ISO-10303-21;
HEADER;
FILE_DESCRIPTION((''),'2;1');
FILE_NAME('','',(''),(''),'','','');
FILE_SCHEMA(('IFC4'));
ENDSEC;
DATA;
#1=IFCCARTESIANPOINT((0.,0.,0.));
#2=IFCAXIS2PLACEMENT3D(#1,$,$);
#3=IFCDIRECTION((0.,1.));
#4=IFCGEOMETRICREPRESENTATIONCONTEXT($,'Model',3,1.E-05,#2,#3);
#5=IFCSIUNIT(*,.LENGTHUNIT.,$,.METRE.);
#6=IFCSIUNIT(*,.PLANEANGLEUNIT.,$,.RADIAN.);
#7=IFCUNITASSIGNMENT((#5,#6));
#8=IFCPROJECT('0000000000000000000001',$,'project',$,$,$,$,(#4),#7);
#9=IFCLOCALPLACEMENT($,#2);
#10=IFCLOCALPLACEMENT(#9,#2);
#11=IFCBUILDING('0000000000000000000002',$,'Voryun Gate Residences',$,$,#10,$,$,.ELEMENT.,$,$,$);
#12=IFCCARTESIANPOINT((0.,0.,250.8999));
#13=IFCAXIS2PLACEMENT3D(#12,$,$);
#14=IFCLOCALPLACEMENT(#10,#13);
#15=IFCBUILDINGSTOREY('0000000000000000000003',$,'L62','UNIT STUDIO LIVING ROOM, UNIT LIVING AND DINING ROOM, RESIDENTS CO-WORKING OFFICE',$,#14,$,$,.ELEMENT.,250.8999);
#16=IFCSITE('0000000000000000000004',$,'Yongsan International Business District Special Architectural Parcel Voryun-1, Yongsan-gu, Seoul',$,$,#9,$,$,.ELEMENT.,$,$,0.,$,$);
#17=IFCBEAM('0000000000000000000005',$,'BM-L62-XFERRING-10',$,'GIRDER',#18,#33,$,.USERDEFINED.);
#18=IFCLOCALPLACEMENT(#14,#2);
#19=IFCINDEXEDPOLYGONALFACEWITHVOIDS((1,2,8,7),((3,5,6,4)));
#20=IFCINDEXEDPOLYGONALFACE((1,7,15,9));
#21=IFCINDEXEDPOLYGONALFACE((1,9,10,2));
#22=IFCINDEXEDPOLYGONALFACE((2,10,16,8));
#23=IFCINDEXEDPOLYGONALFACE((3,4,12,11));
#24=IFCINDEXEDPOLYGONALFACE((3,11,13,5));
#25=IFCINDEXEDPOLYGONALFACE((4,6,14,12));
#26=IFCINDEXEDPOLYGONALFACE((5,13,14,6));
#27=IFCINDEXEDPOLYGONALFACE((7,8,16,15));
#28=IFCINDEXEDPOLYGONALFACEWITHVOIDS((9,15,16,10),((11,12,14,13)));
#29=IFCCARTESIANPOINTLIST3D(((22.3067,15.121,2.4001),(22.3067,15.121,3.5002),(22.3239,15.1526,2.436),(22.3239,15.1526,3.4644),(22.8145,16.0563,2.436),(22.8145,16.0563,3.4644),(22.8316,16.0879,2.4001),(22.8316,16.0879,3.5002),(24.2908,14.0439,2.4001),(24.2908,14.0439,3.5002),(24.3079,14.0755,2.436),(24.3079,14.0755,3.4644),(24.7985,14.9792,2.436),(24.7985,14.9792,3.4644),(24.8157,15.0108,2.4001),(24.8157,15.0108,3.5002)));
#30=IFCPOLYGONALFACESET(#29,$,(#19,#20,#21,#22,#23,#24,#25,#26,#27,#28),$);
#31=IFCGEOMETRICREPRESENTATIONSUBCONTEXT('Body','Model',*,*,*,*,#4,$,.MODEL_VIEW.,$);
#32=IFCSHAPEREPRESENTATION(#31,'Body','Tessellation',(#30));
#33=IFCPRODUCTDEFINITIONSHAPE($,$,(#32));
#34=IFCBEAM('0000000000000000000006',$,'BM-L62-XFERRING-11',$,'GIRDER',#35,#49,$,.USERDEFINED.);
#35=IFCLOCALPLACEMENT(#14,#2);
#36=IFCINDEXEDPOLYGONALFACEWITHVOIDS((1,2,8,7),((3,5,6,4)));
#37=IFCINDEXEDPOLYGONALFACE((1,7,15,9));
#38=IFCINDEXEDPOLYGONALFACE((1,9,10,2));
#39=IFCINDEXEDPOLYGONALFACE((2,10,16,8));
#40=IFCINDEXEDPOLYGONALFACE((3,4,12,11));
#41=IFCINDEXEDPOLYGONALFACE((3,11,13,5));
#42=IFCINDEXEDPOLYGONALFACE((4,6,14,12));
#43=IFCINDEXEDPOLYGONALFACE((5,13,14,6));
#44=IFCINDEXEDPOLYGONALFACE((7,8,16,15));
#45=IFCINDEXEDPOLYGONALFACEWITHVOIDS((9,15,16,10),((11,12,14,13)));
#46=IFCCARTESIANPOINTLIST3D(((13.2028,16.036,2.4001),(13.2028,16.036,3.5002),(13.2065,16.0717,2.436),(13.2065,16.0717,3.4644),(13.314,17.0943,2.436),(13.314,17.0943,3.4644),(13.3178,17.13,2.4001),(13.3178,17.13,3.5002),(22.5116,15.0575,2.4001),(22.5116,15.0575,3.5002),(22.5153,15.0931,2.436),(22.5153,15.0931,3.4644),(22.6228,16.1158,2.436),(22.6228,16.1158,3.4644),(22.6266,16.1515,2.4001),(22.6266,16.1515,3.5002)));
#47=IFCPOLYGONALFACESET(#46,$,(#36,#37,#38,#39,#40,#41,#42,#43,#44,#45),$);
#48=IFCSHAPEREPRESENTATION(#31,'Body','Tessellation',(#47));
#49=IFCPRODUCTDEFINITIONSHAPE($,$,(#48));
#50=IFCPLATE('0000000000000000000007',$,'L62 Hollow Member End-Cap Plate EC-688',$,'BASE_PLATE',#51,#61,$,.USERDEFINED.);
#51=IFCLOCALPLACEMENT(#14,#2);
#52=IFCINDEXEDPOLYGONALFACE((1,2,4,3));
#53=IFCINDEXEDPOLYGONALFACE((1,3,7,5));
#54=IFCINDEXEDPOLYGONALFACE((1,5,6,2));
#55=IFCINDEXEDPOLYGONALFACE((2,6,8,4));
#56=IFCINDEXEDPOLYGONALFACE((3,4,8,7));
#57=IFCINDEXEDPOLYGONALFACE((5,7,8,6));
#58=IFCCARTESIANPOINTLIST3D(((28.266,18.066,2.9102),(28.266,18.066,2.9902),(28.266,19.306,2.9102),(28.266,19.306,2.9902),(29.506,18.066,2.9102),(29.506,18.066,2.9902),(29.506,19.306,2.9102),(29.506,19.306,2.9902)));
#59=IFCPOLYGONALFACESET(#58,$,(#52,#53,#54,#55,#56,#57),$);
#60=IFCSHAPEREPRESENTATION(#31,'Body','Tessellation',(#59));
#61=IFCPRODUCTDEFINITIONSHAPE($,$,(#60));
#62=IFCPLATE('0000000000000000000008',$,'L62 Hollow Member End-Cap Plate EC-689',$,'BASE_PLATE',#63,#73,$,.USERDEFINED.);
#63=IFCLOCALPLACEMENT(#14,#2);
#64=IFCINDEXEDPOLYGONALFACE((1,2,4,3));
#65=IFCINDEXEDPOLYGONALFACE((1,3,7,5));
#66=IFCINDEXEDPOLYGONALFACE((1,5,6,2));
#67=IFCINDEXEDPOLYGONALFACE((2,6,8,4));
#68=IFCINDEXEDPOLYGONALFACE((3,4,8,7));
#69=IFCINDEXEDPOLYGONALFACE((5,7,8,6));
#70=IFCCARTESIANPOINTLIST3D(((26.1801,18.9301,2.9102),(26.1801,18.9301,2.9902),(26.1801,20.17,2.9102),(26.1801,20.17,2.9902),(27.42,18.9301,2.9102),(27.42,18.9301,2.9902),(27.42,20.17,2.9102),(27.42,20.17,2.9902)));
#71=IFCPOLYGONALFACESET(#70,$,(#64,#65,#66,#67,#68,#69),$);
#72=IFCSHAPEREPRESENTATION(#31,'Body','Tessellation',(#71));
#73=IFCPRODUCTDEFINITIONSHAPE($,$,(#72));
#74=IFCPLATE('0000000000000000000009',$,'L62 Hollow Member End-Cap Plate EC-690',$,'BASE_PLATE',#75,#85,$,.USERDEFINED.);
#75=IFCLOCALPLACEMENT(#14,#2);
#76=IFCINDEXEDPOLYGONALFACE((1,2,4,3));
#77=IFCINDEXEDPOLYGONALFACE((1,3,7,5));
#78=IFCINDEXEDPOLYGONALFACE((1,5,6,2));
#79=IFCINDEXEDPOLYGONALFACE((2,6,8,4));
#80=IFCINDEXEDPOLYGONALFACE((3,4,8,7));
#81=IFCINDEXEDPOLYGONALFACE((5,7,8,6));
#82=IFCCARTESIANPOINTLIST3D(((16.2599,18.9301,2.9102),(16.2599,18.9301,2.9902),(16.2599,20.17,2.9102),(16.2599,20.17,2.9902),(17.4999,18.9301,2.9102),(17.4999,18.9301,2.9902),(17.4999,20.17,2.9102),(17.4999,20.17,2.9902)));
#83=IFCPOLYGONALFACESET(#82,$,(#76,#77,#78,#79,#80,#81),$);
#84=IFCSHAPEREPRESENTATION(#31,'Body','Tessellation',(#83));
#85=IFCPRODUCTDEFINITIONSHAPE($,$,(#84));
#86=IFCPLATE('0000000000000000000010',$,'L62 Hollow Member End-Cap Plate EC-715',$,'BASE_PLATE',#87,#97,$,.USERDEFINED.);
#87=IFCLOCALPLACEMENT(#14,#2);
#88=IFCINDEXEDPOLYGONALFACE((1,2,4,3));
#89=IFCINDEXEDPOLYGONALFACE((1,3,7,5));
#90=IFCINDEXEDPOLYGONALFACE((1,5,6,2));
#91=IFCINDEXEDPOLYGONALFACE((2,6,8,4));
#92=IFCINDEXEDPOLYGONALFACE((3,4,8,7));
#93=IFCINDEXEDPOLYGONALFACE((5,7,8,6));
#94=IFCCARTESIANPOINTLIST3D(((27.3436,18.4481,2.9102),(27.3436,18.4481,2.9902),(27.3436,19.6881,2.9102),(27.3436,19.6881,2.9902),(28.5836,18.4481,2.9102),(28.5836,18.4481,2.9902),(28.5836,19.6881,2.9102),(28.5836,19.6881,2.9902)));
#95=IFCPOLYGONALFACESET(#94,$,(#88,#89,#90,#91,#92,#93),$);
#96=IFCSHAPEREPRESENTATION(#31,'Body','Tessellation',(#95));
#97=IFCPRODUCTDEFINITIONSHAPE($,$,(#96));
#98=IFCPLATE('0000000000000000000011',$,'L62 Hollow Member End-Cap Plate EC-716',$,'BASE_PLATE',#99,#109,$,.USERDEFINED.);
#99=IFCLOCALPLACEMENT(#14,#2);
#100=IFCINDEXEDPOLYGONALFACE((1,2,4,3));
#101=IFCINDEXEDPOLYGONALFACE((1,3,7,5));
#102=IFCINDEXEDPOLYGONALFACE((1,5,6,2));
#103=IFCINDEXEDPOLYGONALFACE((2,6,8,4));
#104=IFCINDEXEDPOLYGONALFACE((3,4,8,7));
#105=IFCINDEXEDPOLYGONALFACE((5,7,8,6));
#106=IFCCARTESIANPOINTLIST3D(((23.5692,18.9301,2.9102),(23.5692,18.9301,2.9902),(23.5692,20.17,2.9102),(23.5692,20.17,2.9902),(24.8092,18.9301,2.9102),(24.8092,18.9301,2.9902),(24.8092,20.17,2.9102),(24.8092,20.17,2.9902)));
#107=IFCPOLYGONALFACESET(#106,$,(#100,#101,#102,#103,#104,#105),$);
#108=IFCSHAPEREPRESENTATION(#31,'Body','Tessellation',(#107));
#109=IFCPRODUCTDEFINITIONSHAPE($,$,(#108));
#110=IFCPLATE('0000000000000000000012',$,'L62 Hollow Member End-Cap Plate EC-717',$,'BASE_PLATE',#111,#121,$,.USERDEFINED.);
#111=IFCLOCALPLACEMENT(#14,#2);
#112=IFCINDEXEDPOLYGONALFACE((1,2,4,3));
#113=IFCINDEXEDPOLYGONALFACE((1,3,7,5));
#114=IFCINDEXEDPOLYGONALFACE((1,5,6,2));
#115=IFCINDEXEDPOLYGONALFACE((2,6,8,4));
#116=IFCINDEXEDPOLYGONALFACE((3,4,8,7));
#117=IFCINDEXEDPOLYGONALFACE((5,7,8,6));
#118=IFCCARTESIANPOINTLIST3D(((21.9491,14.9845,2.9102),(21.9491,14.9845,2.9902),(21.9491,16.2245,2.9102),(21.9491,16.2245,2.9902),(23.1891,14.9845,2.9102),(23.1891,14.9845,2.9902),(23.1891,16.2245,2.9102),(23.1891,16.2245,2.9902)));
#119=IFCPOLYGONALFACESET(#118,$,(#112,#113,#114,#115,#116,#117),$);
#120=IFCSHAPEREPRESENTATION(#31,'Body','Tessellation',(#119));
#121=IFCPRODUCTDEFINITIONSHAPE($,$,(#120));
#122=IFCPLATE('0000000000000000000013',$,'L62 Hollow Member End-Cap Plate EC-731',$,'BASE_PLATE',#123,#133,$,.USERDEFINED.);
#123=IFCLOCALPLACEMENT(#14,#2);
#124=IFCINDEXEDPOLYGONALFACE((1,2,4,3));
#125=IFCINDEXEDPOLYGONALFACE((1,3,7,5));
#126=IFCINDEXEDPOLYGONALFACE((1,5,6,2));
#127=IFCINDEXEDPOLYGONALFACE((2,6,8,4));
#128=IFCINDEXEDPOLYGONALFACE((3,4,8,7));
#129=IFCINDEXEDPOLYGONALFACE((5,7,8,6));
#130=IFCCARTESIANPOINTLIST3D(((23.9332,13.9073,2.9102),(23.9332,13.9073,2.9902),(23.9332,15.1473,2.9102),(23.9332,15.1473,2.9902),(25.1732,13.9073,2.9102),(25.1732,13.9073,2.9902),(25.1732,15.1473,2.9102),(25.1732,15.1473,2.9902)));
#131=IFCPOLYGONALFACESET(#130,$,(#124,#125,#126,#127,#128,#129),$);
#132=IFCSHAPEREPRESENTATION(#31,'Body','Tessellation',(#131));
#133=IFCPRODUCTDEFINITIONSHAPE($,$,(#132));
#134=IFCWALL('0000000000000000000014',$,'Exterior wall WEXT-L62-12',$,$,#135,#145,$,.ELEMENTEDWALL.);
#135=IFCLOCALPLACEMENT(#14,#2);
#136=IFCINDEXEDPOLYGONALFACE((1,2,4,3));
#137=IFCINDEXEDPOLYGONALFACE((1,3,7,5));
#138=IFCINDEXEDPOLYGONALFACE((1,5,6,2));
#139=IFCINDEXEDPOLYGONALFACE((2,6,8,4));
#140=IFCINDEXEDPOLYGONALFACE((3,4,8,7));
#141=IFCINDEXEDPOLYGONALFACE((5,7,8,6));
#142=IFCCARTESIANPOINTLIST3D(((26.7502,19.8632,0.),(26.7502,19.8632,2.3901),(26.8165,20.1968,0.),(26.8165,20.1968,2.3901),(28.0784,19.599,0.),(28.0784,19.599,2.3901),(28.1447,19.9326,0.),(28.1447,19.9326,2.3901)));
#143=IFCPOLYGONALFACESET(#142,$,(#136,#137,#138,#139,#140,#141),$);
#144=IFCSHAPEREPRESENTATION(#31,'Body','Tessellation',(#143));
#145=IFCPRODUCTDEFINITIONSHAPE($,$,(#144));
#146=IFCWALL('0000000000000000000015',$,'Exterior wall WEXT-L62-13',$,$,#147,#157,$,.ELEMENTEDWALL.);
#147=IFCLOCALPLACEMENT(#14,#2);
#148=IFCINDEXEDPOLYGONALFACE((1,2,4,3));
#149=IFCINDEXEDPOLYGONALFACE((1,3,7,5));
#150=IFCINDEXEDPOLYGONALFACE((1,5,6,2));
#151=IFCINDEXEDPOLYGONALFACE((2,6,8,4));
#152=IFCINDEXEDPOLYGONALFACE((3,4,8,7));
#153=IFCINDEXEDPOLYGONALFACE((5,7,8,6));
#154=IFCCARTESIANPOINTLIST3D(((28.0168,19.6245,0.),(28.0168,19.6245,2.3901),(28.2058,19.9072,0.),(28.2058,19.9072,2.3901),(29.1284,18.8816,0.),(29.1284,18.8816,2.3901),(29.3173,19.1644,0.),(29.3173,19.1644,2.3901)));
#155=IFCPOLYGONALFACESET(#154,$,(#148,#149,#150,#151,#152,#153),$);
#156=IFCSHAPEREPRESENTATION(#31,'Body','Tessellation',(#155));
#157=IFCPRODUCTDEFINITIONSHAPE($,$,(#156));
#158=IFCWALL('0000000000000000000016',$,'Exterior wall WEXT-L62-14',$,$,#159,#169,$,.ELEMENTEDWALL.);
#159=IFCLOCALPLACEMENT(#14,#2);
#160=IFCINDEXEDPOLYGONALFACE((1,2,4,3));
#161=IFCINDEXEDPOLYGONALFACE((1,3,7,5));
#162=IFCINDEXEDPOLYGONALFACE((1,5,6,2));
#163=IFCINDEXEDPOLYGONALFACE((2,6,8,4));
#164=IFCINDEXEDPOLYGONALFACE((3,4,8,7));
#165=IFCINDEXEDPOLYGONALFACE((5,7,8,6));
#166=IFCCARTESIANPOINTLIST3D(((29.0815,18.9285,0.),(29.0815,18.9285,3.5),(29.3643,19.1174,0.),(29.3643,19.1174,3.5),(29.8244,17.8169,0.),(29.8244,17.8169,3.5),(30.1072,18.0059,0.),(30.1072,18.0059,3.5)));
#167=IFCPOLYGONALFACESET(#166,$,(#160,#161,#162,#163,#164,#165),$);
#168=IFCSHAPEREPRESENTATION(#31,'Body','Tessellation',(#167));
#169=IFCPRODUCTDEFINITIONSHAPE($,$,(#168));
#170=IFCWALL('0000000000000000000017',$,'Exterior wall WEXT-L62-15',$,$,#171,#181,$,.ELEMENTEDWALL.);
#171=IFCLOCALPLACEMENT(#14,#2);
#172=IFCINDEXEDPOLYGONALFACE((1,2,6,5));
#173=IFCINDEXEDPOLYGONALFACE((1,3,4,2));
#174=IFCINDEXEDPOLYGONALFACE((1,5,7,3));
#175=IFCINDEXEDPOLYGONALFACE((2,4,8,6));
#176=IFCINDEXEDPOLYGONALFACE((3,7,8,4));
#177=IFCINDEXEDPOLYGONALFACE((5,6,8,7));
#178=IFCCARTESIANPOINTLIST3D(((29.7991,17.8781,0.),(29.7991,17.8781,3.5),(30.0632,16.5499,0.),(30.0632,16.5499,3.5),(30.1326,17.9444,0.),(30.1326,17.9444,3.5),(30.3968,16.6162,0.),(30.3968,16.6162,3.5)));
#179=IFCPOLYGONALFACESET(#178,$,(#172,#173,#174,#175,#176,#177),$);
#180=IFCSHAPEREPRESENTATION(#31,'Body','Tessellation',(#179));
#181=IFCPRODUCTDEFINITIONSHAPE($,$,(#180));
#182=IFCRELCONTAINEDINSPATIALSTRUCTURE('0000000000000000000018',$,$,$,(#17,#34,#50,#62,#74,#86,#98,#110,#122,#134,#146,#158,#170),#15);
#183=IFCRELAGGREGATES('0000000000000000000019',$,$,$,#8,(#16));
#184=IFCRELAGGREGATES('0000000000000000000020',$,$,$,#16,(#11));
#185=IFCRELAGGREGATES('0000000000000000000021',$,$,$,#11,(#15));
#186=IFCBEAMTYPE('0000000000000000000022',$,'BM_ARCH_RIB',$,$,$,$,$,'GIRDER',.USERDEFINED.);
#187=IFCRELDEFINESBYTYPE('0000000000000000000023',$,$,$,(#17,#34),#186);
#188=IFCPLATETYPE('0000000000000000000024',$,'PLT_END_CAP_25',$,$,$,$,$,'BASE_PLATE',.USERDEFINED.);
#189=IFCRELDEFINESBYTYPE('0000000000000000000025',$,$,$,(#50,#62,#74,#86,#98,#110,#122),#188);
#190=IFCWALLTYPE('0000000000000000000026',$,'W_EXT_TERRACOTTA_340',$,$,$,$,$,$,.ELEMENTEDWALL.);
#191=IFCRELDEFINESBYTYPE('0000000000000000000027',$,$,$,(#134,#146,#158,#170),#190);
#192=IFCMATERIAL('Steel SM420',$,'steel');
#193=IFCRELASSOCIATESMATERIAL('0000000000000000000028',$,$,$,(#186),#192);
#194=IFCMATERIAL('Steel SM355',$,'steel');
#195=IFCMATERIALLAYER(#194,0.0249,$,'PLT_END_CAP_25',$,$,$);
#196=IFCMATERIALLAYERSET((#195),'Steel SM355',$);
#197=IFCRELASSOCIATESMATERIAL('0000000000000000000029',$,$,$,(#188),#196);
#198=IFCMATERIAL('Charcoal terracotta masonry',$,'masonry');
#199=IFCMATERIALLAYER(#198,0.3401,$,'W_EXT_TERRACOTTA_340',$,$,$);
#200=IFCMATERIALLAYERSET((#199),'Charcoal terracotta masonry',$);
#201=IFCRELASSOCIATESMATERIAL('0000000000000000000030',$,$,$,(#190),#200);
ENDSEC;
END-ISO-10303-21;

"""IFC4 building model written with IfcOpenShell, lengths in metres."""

from ifc_helpers import new_model, si_unit, direction, frame, frame_2d, origin, origin_2d, place, context, subcontext, project, spatial, rectangle, hollow_rectangle, extrude, material, layer, layer_set, material_profile, profile_set, type_object, element, save


model = new_model("IFC4")

# Units and contexts
model_context = context("Model", 3, precision=1e-05, world=origin(), true_north=direction((0.0, 1.0)))
body_context = subcontext(model_context, "Body", "Model", "MODEL_VIEW")
ifc_project = project(units=[si_unit("LENGTHUNIT", "METRE"), si_unit("PLANEANGLEUNIT", "RADIAN")], contexts=[model_context])

# Site, building, storey
site_placement = place(None, origin())
site = spatial("IfcSite", under=ifc_project, at=site_placement, Name="Yongsan International Business District Special Architectural Parcel Voryun-1, Yongsan-gu, Seoul", CompositionType="ELEMENT", RefElevation=0.0)
building_placement = place(site_placement, origin())
building = spatial("IfcBuilding", under=site, at=building_placement, Name="Voryun Gate Residences", CompositionType="ELEMENT")
storey_placement = place(building_placement, frame((0.0, 0.0, 250.8999)))
storey = spatial("IfcBuildingStorey", under=building, at=storey_placement, Name="L62", Description="UNIT STUDIO LIVING ROOM, UNIT LIVING AND DINING ROOM, RESIDENTS CO-WORKING OFFICE", CompositionType="ELEMENT", Elevation=250.8999)

# Beams
ifc_material_1 = material(Name="Steel SM420", Category="steel")
ifc_material_profile_1 = material_profile(ifc_material_1, hollow_rectangle(XDim=1.1001, YDim=1.1001, WallThickness=0.0359, at=origin_2d()), Name="BOX-1100x1100x36")
ifc_profile_set_1 = profile_set([ifc_material_profile_1], Name="Steel SM420")
beam_type = type_object("IfcBeamType", Name="BM_ARCH_RIB", ElementType="GIRDER", PredefinedType="USERDEFINED", material=ifc_profile_set_1)
beam_1_placement = place(storey_placement, frame((24.5532, 14.5273, 2.9502), z_axis=(-0.878844, 0.477109, 0.0), x_axis=(-0.477109, -0.878844, 0.0)))
element("IfcBeam", 1, at=beam_1_placement, inside=storey, type_object=beam_type, Name="BM-L62-XFERRING-10", ObjectType="GIRDER", PredefinedType="USERDEFINED", context=body_context, shape_type="SweptSolid", body=[
    extrude(hollow_rectangle(XDim=1.1001, YDim=1.1001, WallThickness=0.0359, at=origin_2d()), origin(), (0.0, 0.0, 1.0), 2.2576),
])
beam_2_placement = place(storey_placement, frame((22.5691, 15.6045, 2.9502), z_axis=(-0.994521, 0.104541, 0.0), x_axis=(-0.104541, -0.994521, 0.0)))
element("IfcBeam", 2, at=beam_2_placement, inside=storey, type_object=beam_type, Name="BM-L62-XFERRING-11", ObjectType="GIRDER", PredefinedType="USERDEFINED", context=body_context, shape_type="SweptSolid", body=[
    extrude(hollow_rectangle(XDim=1.1001, YDim=1.1001, WallThickness=0.0359, at=origin_2d()), origin(), (0.0, 0.0, 1.0), 9.3601),
])

# Plates
ifc_material_2 = material(Name="Steel SM355", Category="steel")
ifc_layer_1 = layer(ifc_material_2, 0.0249, Name="PLT_END_CAP_25")
ifc_layer_set_1 = layer_set([ifc_layer_1], Name="Steel SM355")
plate_type = type_object("IfcPlateType", Name="PLT_END_CAP_25", ElementType="BASE_PLATE", PredefinedType="USERDEFINED", material=ifc_layer_set_1)
for number, where, z_axis, x_axis, name in (
    (3, (28.886, 18.686, 2.9102), (0.0, 0.0, 1.0), (1.0, 0.0, 0.0), "L62 Hollow Member End-Cap Plate EC-688"),
    (4, (26.8, 19.55, 2.9102), (0.0, 0.0, 1.0), (1.0, 0.0, 0.0), "L62 Hollow Member End-Cap Plate EC-689"),
    (5, (16.8799, 19.55, 2.9102), (0.0, 0.0, 1.0), (1.0, 0.0, 0.0), "L62 Hollow Member End-Cap Plate EC-690"),
    (6, (27.9636, 19.0681, 2.9102), (0.0, 0.0, 1.0), (1.0, 0.0, 0.0), "L62 Hollow Member End-Cap Plate EC-715"),
    (7, (24.1892, 19.55, 2.9102), (0.0, 0.0, 1.0), (1.0, 0.0, 0.0), "L62 Hollow Member End-Cap Plate EC-716"),
    (8, (22.5691, 15.6045, 2.9102), (0.0, 0.0, 1.0), (1.0, 0.0, 0.0), "L62 Hollow Member End-Cap Plate EC-717"),
    (9, (24.5532, 14.5273, 2.9102), (0.0, 0.0, 1.0), (1.0, 0.0, 0.0), "L62 Hollow Member End-Cap Plate EC-731"),
):
    element("IfcPlate", number, at=place(storey_placement, frame(where, z_axis=z_axis, x_axis=x_axis)), inside=storey, type_object=plate_type, Name=name, ObjectType="BASE_PLATE", PredefinedType="USERDEFINED", context=body_context, shape_type="SweptSolid", body=[
        extrude(rectangle(XDim=1.24, YDim=1.24, at=origin_2d()), origin(), (0.0, 0.0, 1.0), 0.0801),
    ])

# Walls
ifc_material_3 = material(Name="Charcoal terracotta masonry", Category="masonry")
ifc_layer_2 = layer(ifc_material_3, 0.3401, Name="W_EXT_TERRACOTTA_340")
ifc_layer_set_2 = layer_set([ifc_layer_2], Name="Charcoal terracotta masonry")
wall_type_1 = type_object("IfcWallType", Name="W_EXT_TERRACOTTA_340", PredefinedType="ELEMENTEDWALL", material=ifc_layer_set_2)
wall_1_placement = place(storey_placement, frame((26.7832, 20.03, 0.0), z_axis=(0.0, 0.0, 1.0), x_axis=(0.980788, -0.195076, 0.0)))
element("IfcWall", 10, at=wall_1_placement, inside=storey, type_object=wall_type_1, Name="Exterior wall WEXT-L62-12", PredefinedType="ELEMENTEDWALL", context=body_context, shape_type="SweptSolid", body=[
    extrude(rectangle(XDim=1.3542, YDim=0.3401, at=frame_2d((0.6772, 0.0))), origin(), (0.0, 0.0, 1.0), 2.3901),
])
wall_2_placement = place(storey_placement, frame((28.1113, 19.7659, 0.0), z_axis=(0.0, 0.0, 1.0), x_axis=(0.831404, -0.555669, 0.0)))
element("IfcWall", 11, at=wall_2_placement, inside=storey, type_object=wall_type_1, Name="Exterior wall WEXT-L62-13", PredefinedType="ELEMENTEDWALL", context=body_context, shape_type="SweptSolid", body=[
    extrude(rectangle(XDim=1.3369, YDim=0.3401, at=frame_2d((0.6685, 0.0))), origin(), (0.0, 0.0, 1.0), 2.3901),
])
wall_3_placement = place(storey_placement, frame((29.2229, 19.0229, 0.0), z_axis=(0.0, 0.0, 1.0), x_axis=(0.555669, -0.831404, 0.0)))
element("IfcWall", 12, at=wall_3_placement, inside=storey, type_object=wall_type_1, Name="Exterior wall WEXT-L62-14", PredefinedType="ELEMENTEDWALL", context=body_context, shape_type="SweptSolid", body=[
    extrude(rectangle(XDim=1.3369, YDim=0.3401, at=frame_2d((0.6685, 0.0))), origin(), (0.0, 0.0, 1.0), 3.5),
])
wall_4_placement = place(storey_placement, frame((29.9658, 17.9114, 0.0), z_axis=(0.0, 0.0, 1.0), x_axis=(0.195076, -0.980788, 0.0)))
element("IfcWall", 13, at=wall_4_placement, inside=storey, type_object=wall_type_1, Name="Exterior wall WEXT-L62-15", PredefinedType="ELEMENTEDWALL", context=body_context, shape_type="SweptSolid", body=[
    extrude(rectangle(XDim=1.3542, YDim=0.3401, at=frame_2d((0.6772, 0.0))), origin(), (0.0, 0.0, 1.0), 3.5),
])

save(model, "model.ifc")
